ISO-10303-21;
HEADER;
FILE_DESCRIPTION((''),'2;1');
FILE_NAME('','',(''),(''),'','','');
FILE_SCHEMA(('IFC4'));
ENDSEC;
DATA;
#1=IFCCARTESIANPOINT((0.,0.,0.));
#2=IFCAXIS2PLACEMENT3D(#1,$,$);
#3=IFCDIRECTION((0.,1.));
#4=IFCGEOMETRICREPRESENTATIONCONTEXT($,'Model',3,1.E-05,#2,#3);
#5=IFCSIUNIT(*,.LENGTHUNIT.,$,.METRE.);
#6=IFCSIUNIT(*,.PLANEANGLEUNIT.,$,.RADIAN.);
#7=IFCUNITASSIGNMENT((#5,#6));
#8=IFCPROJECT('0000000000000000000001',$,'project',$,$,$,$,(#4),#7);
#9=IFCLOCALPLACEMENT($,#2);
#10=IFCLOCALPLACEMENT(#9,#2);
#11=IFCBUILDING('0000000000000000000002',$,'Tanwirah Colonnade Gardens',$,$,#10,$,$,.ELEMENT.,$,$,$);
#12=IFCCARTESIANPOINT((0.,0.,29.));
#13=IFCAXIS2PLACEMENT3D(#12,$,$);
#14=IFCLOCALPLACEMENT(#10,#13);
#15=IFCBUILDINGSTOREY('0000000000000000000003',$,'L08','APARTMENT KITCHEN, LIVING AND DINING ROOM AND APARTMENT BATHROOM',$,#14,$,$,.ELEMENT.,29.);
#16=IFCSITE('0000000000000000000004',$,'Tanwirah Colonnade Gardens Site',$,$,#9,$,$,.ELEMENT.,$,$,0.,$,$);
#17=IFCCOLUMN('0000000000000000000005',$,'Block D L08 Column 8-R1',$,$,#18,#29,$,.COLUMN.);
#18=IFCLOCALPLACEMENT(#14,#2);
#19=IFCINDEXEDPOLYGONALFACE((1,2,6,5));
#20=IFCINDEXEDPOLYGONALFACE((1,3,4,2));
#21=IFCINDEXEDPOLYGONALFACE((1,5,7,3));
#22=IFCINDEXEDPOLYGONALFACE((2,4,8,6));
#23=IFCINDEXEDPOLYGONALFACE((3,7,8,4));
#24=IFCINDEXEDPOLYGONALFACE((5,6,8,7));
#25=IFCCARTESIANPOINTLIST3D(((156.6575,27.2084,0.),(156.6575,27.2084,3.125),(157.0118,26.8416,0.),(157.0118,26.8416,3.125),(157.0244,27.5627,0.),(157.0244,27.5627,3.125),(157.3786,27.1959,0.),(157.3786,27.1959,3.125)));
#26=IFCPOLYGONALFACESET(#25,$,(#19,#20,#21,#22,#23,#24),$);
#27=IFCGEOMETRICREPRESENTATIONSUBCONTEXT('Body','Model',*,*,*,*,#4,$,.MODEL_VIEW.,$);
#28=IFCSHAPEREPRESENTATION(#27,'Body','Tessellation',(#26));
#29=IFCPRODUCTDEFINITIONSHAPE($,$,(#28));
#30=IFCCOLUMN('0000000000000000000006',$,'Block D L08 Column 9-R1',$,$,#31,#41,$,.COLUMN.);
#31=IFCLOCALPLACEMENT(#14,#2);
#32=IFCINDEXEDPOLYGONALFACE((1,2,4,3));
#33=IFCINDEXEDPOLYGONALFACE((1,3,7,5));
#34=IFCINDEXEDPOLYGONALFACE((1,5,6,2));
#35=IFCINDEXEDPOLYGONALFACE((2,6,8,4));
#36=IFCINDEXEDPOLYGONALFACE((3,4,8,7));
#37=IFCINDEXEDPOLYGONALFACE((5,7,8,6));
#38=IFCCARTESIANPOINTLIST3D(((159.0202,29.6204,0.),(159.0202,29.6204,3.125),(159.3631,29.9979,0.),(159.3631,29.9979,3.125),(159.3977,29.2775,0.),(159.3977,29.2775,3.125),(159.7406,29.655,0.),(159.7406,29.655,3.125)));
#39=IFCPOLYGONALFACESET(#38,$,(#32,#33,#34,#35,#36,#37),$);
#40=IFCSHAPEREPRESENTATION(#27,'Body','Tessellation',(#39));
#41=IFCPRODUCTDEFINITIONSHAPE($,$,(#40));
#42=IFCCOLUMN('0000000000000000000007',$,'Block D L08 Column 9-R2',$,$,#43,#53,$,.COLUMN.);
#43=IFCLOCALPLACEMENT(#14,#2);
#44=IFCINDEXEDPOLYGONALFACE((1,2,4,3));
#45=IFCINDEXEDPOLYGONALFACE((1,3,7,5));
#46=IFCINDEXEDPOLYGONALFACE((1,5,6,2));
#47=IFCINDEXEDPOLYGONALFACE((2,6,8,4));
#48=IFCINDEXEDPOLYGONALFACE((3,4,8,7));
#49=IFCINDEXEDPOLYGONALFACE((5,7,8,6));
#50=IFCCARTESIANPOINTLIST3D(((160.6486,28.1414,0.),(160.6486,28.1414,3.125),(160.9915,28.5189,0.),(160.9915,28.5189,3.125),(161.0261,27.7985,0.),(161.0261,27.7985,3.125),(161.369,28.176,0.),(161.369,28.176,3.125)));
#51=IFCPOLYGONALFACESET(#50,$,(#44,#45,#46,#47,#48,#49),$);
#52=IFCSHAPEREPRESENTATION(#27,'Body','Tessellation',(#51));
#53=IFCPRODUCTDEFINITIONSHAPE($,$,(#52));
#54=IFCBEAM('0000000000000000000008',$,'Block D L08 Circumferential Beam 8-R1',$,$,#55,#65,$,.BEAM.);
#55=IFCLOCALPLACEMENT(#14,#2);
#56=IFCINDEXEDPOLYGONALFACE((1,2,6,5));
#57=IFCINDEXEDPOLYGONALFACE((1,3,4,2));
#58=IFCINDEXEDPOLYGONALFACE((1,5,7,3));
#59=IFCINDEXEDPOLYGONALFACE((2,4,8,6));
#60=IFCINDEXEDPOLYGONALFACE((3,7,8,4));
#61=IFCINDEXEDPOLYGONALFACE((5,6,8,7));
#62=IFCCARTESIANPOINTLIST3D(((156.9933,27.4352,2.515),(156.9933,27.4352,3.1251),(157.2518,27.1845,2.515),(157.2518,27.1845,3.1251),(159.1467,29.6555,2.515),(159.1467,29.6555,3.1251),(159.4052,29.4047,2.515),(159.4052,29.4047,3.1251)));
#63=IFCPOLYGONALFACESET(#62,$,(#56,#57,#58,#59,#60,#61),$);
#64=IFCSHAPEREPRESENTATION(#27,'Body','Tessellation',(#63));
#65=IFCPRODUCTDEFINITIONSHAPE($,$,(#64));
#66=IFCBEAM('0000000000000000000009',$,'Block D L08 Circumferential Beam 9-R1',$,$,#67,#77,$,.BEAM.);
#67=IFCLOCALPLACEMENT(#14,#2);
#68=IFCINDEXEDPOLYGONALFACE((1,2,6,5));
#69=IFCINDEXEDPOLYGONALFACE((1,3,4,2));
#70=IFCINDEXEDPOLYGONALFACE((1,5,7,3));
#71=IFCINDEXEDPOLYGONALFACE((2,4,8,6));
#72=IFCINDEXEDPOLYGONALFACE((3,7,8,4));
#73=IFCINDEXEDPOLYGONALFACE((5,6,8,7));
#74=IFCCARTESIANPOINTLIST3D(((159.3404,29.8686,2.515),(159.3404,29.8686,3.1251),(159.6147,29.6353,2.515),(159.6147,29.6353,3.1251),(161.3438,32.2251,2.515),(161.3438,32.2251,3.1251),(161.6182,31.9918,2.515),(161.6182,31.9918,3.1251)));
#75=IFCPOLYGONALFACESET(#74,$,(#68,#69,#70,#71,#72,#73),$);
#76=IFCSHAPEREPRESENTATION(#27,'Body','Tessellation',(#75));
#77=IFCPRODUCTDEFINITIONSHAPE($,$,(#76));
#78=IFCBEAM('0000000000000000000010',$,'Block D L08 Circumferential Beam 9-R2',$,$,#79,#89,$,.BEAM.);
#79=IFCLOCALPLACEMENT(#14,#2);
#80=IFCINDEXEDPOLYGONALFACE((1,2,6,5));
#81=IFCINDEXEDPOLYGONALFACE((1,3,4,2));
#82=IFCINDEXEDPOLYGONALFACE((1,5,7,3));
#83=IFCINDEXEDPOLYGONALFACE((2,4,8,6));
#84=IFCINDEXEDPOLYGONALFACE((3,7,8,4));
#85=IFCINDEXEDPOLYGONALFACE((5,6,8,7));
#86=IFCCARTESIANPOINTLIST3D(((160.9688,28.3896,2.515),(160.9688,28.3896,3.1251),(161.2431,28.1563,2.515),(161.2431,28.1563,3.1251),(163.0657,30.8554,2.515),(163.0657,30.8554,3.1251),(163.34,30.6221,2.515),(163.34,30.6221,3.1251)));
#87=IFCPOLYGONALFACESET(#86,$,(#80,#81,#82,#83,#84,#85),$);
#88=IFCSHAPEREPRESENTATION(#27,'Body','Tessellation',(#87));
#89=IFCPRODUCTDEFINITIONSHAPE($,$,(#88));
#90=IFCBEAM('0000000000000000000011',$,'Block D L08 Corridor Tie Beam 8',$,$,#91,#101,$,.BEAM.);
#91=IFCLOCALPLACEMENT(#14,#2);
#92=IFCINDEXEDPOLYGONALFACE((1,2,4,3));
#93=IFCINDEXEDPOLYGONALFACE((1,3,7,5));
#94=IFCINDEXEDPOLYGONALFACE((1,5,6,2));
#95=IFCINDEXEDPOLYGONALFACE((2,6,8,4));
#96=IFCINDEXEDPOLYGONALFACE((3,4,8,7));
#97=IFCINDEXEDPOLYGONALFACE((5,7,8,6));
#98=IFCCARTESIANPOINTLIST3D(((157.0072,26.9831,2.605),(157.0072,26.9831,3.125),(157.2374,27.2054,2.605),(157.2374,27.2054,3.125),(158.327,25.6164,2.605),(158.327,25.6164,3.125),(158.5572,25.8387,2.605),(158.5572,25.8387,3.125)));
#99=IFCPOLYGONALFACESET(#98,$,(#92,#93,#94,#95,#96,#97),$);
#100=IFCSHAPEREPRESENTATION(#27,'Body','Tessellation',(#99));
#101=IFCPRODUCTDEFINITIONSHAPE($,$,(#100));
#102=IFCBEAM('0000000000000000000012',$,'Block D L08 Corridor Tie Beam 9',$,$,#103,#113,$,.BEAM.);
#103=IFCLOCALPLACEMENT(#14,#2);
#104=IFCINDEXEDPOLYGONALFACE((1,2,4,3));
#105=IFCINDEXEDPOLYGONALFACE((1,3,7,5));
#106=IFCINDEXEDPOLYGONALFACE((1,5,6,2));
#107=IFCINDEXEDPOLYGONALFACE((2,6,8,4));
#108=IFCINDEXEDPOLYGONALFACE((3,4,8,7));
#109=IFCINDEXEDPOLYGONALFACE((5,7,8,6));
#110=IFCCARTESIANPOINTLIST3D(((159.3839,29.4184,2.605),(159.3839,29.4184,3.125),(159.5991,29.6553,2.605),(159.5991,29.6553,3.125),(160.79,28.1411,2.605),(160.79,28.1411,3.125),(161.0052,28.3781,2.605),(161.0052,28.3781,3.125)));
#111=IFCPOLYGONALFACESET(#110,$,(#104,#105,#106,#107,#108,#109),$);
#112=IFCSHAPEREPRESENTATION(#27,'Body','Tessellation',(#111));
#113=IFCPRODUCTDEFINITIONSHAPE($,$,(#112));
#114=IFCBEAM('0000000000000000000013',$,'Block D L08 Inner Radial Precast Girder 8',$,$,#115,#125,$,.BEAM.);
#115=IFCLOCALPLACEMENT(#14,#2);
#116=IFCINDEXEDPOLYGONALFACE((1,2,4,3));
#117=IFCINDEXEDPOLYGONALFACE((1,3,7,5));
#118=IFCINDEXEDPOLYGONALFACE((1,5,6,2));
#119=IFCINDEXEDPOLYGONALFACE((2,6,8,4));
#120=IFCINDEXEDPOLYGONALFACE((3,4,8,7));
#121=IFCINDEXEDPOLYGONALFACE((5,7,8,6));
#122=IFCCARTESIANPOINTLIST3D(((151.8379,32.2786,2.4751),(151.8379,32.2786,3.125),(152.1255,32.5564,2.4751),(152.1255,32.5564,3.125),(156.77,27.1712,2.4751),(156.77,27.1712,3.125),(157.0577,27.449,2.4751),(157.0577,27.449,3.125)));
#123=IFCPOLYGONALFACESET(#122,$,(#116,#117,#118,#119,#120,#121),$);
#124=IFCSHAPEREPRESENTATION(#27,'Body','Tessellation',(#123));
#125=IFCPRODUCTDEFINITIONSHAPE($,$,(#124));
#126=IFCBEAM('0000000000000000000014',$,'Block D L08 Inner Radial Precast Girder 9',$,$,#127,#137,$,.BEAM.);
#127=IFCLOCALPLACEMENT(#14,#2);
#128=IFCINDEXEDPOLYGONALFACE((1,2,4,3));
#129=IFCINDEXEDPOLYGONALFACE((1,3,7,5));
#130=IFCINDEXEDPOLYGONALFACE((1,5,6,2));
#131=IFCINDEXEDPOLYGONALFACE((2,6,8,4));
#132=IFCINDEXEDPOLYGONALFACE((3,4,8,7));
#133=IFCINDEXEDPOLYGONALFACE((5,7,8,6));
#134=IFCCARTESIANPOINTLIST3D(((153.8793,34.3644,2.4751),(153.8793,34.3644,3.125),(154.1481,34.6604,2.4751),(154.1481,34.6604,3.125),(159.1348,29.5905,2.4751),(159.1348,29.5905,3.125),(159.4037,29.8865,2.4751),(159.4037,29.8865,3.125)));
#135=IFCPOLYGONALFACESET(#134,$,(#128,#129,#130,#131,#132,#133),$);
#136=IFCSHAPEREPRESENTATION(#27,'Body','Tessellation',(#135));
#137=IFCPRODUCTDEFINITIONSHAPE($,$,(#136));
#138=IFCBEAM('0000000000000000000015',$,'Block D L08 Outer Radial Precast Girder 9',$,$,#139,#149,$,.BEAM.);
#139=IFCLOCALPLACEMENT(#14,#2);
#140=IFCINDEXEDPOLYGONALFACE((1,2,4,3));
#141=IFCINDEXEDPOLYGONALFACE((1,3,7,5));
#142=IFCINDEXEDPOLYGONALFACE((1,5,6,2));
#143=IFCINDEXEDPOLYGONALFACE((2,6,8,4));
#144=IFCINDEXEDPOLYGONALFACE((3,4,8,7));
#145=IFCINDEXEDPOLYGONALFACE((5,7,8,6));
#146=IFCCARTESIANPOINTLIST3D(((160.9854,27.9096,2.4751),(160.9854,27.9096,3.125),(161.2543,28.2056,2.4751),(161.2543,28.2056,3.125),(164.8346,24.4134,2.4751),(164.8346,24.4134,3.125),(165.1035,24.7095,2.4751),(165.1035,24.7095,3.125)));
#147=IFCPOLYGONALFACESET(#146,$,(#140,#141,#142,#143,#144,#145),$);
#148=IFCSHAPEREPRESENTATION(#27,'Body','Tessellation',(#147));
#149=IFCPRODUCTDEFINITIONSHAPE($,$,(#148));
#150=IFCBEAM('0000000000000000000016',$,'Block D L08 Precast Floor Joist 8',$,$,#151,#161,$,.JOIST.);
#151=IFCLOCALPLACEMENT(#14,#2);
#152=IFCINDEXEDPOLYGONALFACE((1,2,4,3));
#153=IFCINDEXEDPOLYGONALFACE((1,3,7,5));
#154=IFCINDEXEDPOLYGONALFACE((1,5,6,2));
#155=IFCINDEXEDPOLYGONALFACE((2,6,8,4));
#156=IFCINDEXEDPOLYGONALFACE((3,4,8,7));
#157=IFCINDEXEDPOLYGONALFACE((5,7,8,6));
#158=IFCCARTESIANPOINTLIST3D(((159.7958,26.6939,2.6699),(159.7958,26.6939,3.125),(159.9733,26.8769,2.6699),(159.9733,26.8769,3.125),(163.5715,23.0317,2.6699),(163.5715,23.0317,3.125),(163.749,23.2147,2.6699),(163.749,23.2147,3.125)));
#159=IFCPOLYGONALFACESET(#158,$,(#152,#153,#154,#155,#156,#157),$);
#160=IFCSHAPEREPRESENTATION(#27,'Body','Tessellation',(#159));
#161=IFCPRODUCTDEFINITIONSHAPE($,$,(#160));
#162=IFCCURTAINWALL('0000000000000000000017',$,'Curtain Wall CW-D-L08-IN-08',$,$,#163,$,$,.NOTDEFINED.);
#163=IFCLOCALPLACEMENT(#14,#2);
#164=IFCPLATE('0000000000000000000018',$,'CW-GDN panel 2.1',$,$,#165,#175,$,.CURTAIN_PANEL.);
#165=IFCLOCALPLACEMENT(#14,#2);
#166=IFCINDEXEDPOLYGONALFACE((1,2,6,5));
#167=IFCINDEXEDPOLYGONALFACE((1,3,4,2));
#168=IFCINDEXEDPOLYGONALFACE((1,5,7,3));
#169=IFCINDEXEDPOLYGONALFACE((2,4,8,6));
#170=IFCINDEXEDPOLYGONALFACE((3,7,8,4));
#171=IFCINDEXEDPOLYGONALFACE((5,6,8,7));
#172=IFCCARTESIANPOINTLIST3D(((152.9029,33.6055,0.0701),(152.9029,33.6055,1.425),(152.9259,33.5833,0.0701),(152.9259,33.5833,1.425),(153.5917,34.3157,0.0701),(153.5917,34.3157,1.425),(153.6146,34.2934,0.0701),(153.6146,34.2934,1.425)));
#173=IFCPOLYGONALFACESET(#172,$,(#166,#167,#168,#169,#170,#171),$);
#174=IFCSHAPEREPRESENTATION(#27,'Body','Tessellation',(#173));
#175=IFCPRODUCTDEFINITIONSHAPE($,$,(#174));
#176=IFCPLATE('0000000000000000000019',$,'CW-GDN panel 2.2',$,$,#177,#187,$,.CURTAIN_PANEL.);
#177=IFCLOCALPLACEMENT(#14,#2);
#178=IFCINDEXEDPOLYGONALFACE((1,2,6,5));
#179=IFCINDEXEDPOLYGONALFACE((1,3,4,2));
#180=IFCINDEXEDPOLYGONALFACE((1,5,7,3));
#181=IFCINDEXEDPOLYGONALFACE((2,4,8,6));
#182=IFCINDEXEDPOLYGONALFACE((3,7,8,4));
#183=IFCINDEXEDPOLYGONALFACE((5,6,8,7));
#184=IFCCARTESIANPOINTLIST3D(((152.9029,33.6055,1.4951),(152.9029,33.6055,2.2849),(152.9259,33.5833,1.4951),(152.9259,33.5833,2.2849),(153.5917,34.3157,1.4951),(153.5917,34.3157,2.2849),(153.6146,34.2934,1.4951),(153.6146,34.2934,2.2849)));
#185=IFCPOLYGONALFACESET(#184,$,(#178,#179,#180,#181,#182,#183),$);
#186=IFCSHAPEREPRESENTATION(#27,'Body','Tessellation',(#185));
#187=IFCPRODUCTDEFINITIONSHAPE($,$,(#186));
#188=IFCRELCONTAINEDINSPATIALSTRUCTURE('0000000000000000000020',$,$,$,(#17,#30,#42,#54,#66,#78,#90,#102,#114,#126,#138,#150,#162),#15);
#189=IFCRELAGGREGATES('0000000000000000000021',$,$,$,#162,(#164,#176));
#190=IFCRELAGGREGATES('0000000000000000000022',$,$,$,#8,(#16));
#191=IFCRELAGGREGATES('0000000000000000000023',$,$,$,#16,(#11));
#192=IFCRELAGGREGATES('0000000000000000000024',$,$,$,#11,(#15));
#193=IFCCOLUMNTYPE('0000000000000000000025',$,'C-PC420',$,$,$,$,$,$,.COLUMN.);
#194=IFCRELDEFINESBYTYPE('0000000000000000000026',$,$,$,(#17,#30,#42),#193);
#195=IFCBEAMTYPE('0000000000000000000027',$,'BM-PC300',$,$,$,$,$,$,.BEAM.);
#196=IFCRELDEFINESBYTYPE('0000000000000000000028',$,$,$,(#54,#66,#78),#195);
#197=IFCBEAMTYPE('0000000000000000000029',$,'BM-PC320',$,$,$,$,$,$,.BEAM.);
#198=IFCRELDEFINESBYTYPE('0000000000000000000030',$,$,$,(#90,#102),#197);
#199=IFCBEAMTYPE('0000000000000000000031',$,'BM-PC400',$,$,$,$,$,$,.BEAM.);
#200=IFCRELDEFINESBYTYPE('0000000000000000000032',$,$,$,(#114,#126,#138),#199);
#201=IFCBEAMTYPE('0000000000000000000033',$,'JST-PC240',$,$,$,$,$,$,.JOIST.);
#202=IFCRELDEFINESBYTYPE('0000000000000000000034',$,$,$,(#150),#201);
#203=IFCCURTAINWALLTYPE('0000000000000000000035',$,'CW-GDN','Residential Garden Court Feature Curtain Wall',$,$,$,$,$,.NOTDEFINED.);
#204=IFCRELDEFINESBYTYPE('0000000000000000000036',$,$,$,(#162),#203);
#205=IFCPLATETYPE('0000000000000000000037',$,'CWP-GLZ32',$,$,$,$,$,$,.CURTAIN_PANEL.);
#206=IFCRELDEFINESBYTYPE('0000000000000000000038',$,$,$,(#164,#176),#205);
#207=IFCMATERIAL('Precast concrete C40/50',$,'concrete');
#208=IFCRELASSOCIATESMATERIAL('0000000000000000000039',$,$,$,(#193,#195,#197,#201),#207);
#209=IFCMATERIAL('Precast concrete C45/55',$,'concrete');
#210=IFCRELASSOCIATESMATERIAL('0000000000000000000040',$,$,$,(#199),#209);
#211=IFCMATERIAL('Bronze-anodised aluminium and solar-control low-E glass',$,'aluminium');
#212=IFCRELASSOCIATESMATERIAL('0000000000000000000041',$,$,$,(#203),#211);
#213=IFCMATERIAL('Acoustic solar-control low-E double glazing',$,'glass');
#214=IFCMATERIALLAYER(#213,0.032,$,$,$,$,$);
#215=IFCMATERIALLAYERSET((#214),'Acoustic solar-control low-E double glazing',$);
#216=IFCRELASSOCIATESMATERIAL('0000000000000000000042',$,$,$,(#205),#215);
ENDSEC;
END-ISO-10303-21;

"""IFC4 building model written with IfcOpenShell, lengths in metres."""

from ifc_helpers import new_model, si_unit, direction, frame, origin, origin_2d, place, context, subcontext, project, spatial, rectangle, extrude, material, layer, layer_set, material_profile, profile_set, type_object, element, aggregate, save


model = new_model("IFC4")

# Units and contexts
model_context = context("Model", 3, precision=1e-05, world=origin(), true_north=direction((0.0, 1.0)))
body_context = subcontext(model_context, "Body", "Model", "MODEL_VIEW")
ifc_project = project(units=[si_unit("LENGTHUNIT", "METRE"), si_unit("PLANEANGLEUNIT", "RADIAN")], contexts=[model_context])

# Site, building, storey
site_placement = place(None, origin())
site = spatial("IfcSite", under=ifc_project, at=site_placement, Name="Tanwirah Colonnade Gardens Site", CompositionType="ELEMENT", RefElevation=0.0)
building_placement = place(site_placement, origin())
building = spatial("IfcBuilding", under=site, at=building_placement, Name="Tanwirah Colonnade Gardens", CompositionType="ELEMENT")
storey_placement = place(building_placement, frame((0.0, 0.0, 29.0)))
storey = spatial("IfcBuildingStorey", under=building, at=storey_placement, Name="L08", Description="APARTMENT KITCHEN, LIVING AND DINING ROOM AND APARTMENT BATHROOM", CompositionType="ELEMENT", Elevation=29.0)

# Columns
ifc_material_1 = material(Name="Precast concrete C40/50", Category="concrete")
ifc_material_profile_1 = material_profile(ifc_material_1, rectangle(XDim=0.51, YDim=0.51, at=origin_2d()), Name="PC-COL 510x510")
ifc_profile_set_1 = profile_set([ifc_material_profile_1], Name="Precast concrete C40/50")
column_type = type_object("IfcColumnType", Name="C-PC420", PredefinedType="COLUMN", material=ifc_profile_set_1)
for number, where, z_axis, x_axis, name in (
    (1, (157.0181, 27.2021, 0.0), (0.0, 0.0, 1.0), (0.694658, -0.71934, 0.0), "Block D L08 Column 8-R1"),
    (2, (159.3804, 29.6377, 0.0), (0.0, 0.0, 1.0), (0.740218, -0.672367, 0.0), "Block D L08 Column 9-R1"),
    (3, (161.0088, 28.1587, 0.0), (0.0, 0.0, 1.0), (0.740218, -0.672367, 0.0), "Block D L08 Column 9-R2"),
):
    element("IfcColumn", number, at=place(storey_placement, frame(where, z_axis=z_axis, x_axis=x_axis)), inside=storey, type_object=column_type, Name=name, PredefinedType="COLUMN", context=body_context, shape_type="SweptSolid", body=[
        extrude(rectangle(XDim=0.51, YDim=0.51, at=origin_2d()), origin(), (0.0, 0.0, 1.0), 3.125),
    ])

# Beams
ifc_material_profile_2 = material_profile(ifc_material_1, rectangle(XDim=0.3601, YDim=0.6101, at=origin_2d()), Name="PC-BM 360x610")
ifc_profile_set_2 = profile_set([ifc_material_profile_2], Name="Precast concrete C40/50")
beam_type_1 = type_object("IfcBeamType", Name="BM-PC300", PredefinedType="BEAM", material=ifc_profile_set_2)
for number, where, z_axis, x_axis, name in (
    (4, (157.1226, 27.3098, 2.8201), (0.69621, 0.717838, 0.0), (-0.717838, 0.69621, 0.0), "Block D L08 Circumferential Beam 8-R1"),
    (5, (159.4775, 29.752, 2.8201), (0.647731, 0.761869, 0.0), (-0.761869, 0.647731, 0.0), "Block D L08 Circumferential Beam 9-R1"),
):
    element("IfcBeam", number, at=place(storey_placement, frame(where, z_axis=z_axis, x_axis=x_axis)), inside=storey, type_object=beam_type_1, Name=name, PredefinedType="BEAM", context=body_context, shape_type="SweptSolid", body=[
        extrude(rectangle(XDim=0.3601, YDim=0.6101, at=origin_2d()), origin(), (0.0, 0.0, 1.0), 3.093),
    ])
beam_1_placement = place(storey_placement, frame((161.106, 28.2729, 2.8201), z_axis=(0.647824, 0.76179, 0.0), x_axis=(-0.76179, 0.647824, 0.0)))
element("IfcBeam", 6, at=beam_1_placement, inside=storey, type_object=beam_type_1, Name="Block D L08 Circumferential Beam 9-R2", PredefinedType="BEAM", context=body_context, shape_type="SweptSolid", body=[
    extrude(rectangle(XDim=0.3601, YDim=0.6101, at=origin_2d()), origin(), (0.0, 0.0, 1.0), 3.2368),
])
ifc_material_profile_3 = material_profile(ifc_material_1, rectangle(XDim=0.3201, YDim=0.52, at=origin_2d()), Name="PC-BM 320x520")
ifc_profile_set_3 = profile_set([ifc_material_profile_3], Name="Precast concrete C40/50")
beam_type_2 = type_object("IfcBeamType", Name="BM-PC320", PredefinedType="BEAM", material=ifc_profile_set_3)
beam_2_placement = place(storey_placement, frame((157.1223, 27.0942, 2.865), z_axis=(0.694663, -0.719335, 0.0), x_axis=(0.719335, 0.694663, 0.0)))
element("IfcBeam", 7, at=beam_2_placement, inside=storey, type_object=beam_type_2, Name="Block D L08 Corridor Tie Beam 8", PredefinedType="BEAM", context=body_context, shape_type="SweptSolid", body=[
    extrude(rectangle(XDim=0.3201, YDim=0.52, at=origin_2d()), origin(), (0.0, 0.0, 1.0), 1.8999),
])
beam_3_placement = place(storey_placement, frame((159.4915, 29.5369, 2.865), z_axis=(0.740219, -0.672366, 0.0), x_axis=(0.672366, 0.740219, 0.0)))
element("IfcBeam", 8, at=beam_3_placement, inside=storey, type_object=beam_type_2, Name="Block D L08 Corridor Tie Beam 9", PredefinedType="BEAM", context=body_context, shape_type="SweptSolid", body=[
    extrude(rectangle(XDim=0.3201, YDim=0.52, at=origin_2d()), origin(), (0.0, 0.0, 1.0), 1.8997),
])
ifc_material_2 = material(Name="Precast concrete C45/55", Category="concrete")
ifc_material_profile_4 = material_profile(ifc_material_2, rectangle(XDim=0.3999, YDim=0.6499, at=origin_2d()), Name="PC-BM 400x650")
ifc_profile_set_4 = profile_set([ifc_material_profile_4], Name="Precast concrete C45/55")
beam_type_3 = type_object("IfcBeamType", Name="BM-PC400", PredefinedType="BEAM", material=ifc_profile_set_4)
for number, where, z_axis, x_axis, name in (
    (9, (156.9138, 27.3101, 2.8), (-0.694655, 0.719343, 0.0), (-0.719343, -0.694655, 0.0), "Block D L08 Inner Radial Precast Girder 8"),
    (10, (159.2693, 29.7385, 2.8), (-0.740214, 0.672372, 0.0), (-0.672372, -0.740214, 0.0), "Block D L08 Inner Radial Precast Girder 9"),
):
    element("IfcBeam", number, at=place(storey_placement, frame(where, z_axis=z_axis, x_axis=x_axis)), inside=storey, type_object=beam_type_3, Name=name, PredefinedType="BEAM", context=body_context, shape_type="SweptSolid", body=[
        extrude(rectangle(XDim=0.3999, YDim=0.6499, at=origin_2d()), origin(), (0.0, 0.0, 1.0), 7.1001),
    ])
beam_4_placement = place(storey_placement, frame((161.1199, 28.0576, 2.8), z_axis=(0.740237, -0.672346, 0.0), x_axis=(0.672346, 0.740237, 0.0)))
element("IfcBeam", 11, at=beam_4_placement, inside=storey, type_object=beam_type_3, Name="Block D L08 Outer Radial Precast Girder 9", PredefinedType="BEAM", context=body_context, shape_type="SweptSolid", body=[
    extrude(rectangle(XDim=0.3999, YDim=0.6499, at=origin_2d()), origin(), (0.0, 0.0, 1.0), 5.2),
])
ifc_material_profile_5 = material_profile(ifc_material_1, rectangle(XDim=0.2549, YDim=0.4551, at=origin_2d()), Name="PC-JST 255x455")
ifc_profile_set_5 = profile_set([ifc_material_profile_5], Name="Precast concrete C40/50")
beam_type_4 = type_object("IfcBeamType", Name="JST-PC240", PredefinedType="JOIST", material=ifc_profile_set_5)
beam_5_placement = place(storey_placement, frame((159.8845, 26.7854, 2.8975), z_axis=(0.717816, -0.696233, 0.0), x_axis=(0.696233, 0.717816, 0.0)))
element("IfcBeam", 12, at=beam_5_placement, inside=storey, type_object=beam_type_4, Name="Block D L08 Precast Floor Joist 8", PredefinedType="JOIST", context=body_context, shape_type="SweptSolid", body=[
    extrude(rectangle(XDim=0.2549, YDim=0.4551, at=origin_2d()), origin(), (0.0, 0.0, 1.0), 5.26),
])

# Curtain wall, plates
ifc_material_3 = material(Name="Bronze-anodised aluminium and solar-control low-E glass", Category="aluminium")
curtain_wall_type = type_object("IfcCurtainWallType", Name="CW-GDN", Description="Residential Garden Court Feature Curtain Wall", PredefinedType="NOTDEFINED", material=ifc_material_3)
curtain_wall_placement = place(storey_placement, origin())
curtain_wall = element("IfcCurtainWall", 13, at=curtain_wall_placement, inside=storey, type_object=curtain_wall_type, Name="Curtain Wall CW-D-L08-IN-08", PredefinedType="NOTDEFINED")
ifc_material_4 = material(Name="Acoustic solar-control low-E double glazing", Category="glass")
ifc_layer_1 = layer(ifc_material_4, 0.032)
ifc_layer_set_1 = layer_set([ifc_layer_1], Name="Acoustic solar-control low-E double glazing")
plate_type = type_object("IfcPlateType", Name="CWP-GLZ32", PredefinedType="CURTAIN_PANEL", material=ifc_layer_set_1)
plate_1_placement = place(storey_placement, frame((153.2588, 33.9495, 0.0701), z_axis=(0.0, 0.0, 1.0), x_axis=(0.696223, 0.717825, 0.0)))
plate_1 = element("IfcPlate", 14, at=plate_1_placement, type_object=plate_type, Name="CW-GDN panel 2.1", PredefinedType="CURTAIN_PANEL", context=body_context, shape_type="SweptSolid", body=[
    extrude(rectangle(XDim=0.9893, YDim=0.032, at=origin_2d()), origin(), (0.0, 0.0, 1.0), 1.355),
])
plate_2_placement = place(storey_placement, frame((153.2588, 33.9495, 1.4951), z_axis=(0.0, 0.0, 1.0), x_axis=(0.696223, 0.717825, 0.0)))
plate_2 = element("IfcPlate", 15, at=plate_2_placement, type_object=plate_type, Name="CW-GDN panel 2.2", PredefinedType="CURTAIN_PANEL", context=body_context, shape_type="SweptSolid", body=[
    extrude(rectangle(XDim=0.9893, YDim=0.032, at=origin_2d()), origin(), (0.0, 0.0, 1.0), 0.7898),
])
aggregate(curtain_wall, [plate_1, plate_2])

save(model, "model.ifc")
